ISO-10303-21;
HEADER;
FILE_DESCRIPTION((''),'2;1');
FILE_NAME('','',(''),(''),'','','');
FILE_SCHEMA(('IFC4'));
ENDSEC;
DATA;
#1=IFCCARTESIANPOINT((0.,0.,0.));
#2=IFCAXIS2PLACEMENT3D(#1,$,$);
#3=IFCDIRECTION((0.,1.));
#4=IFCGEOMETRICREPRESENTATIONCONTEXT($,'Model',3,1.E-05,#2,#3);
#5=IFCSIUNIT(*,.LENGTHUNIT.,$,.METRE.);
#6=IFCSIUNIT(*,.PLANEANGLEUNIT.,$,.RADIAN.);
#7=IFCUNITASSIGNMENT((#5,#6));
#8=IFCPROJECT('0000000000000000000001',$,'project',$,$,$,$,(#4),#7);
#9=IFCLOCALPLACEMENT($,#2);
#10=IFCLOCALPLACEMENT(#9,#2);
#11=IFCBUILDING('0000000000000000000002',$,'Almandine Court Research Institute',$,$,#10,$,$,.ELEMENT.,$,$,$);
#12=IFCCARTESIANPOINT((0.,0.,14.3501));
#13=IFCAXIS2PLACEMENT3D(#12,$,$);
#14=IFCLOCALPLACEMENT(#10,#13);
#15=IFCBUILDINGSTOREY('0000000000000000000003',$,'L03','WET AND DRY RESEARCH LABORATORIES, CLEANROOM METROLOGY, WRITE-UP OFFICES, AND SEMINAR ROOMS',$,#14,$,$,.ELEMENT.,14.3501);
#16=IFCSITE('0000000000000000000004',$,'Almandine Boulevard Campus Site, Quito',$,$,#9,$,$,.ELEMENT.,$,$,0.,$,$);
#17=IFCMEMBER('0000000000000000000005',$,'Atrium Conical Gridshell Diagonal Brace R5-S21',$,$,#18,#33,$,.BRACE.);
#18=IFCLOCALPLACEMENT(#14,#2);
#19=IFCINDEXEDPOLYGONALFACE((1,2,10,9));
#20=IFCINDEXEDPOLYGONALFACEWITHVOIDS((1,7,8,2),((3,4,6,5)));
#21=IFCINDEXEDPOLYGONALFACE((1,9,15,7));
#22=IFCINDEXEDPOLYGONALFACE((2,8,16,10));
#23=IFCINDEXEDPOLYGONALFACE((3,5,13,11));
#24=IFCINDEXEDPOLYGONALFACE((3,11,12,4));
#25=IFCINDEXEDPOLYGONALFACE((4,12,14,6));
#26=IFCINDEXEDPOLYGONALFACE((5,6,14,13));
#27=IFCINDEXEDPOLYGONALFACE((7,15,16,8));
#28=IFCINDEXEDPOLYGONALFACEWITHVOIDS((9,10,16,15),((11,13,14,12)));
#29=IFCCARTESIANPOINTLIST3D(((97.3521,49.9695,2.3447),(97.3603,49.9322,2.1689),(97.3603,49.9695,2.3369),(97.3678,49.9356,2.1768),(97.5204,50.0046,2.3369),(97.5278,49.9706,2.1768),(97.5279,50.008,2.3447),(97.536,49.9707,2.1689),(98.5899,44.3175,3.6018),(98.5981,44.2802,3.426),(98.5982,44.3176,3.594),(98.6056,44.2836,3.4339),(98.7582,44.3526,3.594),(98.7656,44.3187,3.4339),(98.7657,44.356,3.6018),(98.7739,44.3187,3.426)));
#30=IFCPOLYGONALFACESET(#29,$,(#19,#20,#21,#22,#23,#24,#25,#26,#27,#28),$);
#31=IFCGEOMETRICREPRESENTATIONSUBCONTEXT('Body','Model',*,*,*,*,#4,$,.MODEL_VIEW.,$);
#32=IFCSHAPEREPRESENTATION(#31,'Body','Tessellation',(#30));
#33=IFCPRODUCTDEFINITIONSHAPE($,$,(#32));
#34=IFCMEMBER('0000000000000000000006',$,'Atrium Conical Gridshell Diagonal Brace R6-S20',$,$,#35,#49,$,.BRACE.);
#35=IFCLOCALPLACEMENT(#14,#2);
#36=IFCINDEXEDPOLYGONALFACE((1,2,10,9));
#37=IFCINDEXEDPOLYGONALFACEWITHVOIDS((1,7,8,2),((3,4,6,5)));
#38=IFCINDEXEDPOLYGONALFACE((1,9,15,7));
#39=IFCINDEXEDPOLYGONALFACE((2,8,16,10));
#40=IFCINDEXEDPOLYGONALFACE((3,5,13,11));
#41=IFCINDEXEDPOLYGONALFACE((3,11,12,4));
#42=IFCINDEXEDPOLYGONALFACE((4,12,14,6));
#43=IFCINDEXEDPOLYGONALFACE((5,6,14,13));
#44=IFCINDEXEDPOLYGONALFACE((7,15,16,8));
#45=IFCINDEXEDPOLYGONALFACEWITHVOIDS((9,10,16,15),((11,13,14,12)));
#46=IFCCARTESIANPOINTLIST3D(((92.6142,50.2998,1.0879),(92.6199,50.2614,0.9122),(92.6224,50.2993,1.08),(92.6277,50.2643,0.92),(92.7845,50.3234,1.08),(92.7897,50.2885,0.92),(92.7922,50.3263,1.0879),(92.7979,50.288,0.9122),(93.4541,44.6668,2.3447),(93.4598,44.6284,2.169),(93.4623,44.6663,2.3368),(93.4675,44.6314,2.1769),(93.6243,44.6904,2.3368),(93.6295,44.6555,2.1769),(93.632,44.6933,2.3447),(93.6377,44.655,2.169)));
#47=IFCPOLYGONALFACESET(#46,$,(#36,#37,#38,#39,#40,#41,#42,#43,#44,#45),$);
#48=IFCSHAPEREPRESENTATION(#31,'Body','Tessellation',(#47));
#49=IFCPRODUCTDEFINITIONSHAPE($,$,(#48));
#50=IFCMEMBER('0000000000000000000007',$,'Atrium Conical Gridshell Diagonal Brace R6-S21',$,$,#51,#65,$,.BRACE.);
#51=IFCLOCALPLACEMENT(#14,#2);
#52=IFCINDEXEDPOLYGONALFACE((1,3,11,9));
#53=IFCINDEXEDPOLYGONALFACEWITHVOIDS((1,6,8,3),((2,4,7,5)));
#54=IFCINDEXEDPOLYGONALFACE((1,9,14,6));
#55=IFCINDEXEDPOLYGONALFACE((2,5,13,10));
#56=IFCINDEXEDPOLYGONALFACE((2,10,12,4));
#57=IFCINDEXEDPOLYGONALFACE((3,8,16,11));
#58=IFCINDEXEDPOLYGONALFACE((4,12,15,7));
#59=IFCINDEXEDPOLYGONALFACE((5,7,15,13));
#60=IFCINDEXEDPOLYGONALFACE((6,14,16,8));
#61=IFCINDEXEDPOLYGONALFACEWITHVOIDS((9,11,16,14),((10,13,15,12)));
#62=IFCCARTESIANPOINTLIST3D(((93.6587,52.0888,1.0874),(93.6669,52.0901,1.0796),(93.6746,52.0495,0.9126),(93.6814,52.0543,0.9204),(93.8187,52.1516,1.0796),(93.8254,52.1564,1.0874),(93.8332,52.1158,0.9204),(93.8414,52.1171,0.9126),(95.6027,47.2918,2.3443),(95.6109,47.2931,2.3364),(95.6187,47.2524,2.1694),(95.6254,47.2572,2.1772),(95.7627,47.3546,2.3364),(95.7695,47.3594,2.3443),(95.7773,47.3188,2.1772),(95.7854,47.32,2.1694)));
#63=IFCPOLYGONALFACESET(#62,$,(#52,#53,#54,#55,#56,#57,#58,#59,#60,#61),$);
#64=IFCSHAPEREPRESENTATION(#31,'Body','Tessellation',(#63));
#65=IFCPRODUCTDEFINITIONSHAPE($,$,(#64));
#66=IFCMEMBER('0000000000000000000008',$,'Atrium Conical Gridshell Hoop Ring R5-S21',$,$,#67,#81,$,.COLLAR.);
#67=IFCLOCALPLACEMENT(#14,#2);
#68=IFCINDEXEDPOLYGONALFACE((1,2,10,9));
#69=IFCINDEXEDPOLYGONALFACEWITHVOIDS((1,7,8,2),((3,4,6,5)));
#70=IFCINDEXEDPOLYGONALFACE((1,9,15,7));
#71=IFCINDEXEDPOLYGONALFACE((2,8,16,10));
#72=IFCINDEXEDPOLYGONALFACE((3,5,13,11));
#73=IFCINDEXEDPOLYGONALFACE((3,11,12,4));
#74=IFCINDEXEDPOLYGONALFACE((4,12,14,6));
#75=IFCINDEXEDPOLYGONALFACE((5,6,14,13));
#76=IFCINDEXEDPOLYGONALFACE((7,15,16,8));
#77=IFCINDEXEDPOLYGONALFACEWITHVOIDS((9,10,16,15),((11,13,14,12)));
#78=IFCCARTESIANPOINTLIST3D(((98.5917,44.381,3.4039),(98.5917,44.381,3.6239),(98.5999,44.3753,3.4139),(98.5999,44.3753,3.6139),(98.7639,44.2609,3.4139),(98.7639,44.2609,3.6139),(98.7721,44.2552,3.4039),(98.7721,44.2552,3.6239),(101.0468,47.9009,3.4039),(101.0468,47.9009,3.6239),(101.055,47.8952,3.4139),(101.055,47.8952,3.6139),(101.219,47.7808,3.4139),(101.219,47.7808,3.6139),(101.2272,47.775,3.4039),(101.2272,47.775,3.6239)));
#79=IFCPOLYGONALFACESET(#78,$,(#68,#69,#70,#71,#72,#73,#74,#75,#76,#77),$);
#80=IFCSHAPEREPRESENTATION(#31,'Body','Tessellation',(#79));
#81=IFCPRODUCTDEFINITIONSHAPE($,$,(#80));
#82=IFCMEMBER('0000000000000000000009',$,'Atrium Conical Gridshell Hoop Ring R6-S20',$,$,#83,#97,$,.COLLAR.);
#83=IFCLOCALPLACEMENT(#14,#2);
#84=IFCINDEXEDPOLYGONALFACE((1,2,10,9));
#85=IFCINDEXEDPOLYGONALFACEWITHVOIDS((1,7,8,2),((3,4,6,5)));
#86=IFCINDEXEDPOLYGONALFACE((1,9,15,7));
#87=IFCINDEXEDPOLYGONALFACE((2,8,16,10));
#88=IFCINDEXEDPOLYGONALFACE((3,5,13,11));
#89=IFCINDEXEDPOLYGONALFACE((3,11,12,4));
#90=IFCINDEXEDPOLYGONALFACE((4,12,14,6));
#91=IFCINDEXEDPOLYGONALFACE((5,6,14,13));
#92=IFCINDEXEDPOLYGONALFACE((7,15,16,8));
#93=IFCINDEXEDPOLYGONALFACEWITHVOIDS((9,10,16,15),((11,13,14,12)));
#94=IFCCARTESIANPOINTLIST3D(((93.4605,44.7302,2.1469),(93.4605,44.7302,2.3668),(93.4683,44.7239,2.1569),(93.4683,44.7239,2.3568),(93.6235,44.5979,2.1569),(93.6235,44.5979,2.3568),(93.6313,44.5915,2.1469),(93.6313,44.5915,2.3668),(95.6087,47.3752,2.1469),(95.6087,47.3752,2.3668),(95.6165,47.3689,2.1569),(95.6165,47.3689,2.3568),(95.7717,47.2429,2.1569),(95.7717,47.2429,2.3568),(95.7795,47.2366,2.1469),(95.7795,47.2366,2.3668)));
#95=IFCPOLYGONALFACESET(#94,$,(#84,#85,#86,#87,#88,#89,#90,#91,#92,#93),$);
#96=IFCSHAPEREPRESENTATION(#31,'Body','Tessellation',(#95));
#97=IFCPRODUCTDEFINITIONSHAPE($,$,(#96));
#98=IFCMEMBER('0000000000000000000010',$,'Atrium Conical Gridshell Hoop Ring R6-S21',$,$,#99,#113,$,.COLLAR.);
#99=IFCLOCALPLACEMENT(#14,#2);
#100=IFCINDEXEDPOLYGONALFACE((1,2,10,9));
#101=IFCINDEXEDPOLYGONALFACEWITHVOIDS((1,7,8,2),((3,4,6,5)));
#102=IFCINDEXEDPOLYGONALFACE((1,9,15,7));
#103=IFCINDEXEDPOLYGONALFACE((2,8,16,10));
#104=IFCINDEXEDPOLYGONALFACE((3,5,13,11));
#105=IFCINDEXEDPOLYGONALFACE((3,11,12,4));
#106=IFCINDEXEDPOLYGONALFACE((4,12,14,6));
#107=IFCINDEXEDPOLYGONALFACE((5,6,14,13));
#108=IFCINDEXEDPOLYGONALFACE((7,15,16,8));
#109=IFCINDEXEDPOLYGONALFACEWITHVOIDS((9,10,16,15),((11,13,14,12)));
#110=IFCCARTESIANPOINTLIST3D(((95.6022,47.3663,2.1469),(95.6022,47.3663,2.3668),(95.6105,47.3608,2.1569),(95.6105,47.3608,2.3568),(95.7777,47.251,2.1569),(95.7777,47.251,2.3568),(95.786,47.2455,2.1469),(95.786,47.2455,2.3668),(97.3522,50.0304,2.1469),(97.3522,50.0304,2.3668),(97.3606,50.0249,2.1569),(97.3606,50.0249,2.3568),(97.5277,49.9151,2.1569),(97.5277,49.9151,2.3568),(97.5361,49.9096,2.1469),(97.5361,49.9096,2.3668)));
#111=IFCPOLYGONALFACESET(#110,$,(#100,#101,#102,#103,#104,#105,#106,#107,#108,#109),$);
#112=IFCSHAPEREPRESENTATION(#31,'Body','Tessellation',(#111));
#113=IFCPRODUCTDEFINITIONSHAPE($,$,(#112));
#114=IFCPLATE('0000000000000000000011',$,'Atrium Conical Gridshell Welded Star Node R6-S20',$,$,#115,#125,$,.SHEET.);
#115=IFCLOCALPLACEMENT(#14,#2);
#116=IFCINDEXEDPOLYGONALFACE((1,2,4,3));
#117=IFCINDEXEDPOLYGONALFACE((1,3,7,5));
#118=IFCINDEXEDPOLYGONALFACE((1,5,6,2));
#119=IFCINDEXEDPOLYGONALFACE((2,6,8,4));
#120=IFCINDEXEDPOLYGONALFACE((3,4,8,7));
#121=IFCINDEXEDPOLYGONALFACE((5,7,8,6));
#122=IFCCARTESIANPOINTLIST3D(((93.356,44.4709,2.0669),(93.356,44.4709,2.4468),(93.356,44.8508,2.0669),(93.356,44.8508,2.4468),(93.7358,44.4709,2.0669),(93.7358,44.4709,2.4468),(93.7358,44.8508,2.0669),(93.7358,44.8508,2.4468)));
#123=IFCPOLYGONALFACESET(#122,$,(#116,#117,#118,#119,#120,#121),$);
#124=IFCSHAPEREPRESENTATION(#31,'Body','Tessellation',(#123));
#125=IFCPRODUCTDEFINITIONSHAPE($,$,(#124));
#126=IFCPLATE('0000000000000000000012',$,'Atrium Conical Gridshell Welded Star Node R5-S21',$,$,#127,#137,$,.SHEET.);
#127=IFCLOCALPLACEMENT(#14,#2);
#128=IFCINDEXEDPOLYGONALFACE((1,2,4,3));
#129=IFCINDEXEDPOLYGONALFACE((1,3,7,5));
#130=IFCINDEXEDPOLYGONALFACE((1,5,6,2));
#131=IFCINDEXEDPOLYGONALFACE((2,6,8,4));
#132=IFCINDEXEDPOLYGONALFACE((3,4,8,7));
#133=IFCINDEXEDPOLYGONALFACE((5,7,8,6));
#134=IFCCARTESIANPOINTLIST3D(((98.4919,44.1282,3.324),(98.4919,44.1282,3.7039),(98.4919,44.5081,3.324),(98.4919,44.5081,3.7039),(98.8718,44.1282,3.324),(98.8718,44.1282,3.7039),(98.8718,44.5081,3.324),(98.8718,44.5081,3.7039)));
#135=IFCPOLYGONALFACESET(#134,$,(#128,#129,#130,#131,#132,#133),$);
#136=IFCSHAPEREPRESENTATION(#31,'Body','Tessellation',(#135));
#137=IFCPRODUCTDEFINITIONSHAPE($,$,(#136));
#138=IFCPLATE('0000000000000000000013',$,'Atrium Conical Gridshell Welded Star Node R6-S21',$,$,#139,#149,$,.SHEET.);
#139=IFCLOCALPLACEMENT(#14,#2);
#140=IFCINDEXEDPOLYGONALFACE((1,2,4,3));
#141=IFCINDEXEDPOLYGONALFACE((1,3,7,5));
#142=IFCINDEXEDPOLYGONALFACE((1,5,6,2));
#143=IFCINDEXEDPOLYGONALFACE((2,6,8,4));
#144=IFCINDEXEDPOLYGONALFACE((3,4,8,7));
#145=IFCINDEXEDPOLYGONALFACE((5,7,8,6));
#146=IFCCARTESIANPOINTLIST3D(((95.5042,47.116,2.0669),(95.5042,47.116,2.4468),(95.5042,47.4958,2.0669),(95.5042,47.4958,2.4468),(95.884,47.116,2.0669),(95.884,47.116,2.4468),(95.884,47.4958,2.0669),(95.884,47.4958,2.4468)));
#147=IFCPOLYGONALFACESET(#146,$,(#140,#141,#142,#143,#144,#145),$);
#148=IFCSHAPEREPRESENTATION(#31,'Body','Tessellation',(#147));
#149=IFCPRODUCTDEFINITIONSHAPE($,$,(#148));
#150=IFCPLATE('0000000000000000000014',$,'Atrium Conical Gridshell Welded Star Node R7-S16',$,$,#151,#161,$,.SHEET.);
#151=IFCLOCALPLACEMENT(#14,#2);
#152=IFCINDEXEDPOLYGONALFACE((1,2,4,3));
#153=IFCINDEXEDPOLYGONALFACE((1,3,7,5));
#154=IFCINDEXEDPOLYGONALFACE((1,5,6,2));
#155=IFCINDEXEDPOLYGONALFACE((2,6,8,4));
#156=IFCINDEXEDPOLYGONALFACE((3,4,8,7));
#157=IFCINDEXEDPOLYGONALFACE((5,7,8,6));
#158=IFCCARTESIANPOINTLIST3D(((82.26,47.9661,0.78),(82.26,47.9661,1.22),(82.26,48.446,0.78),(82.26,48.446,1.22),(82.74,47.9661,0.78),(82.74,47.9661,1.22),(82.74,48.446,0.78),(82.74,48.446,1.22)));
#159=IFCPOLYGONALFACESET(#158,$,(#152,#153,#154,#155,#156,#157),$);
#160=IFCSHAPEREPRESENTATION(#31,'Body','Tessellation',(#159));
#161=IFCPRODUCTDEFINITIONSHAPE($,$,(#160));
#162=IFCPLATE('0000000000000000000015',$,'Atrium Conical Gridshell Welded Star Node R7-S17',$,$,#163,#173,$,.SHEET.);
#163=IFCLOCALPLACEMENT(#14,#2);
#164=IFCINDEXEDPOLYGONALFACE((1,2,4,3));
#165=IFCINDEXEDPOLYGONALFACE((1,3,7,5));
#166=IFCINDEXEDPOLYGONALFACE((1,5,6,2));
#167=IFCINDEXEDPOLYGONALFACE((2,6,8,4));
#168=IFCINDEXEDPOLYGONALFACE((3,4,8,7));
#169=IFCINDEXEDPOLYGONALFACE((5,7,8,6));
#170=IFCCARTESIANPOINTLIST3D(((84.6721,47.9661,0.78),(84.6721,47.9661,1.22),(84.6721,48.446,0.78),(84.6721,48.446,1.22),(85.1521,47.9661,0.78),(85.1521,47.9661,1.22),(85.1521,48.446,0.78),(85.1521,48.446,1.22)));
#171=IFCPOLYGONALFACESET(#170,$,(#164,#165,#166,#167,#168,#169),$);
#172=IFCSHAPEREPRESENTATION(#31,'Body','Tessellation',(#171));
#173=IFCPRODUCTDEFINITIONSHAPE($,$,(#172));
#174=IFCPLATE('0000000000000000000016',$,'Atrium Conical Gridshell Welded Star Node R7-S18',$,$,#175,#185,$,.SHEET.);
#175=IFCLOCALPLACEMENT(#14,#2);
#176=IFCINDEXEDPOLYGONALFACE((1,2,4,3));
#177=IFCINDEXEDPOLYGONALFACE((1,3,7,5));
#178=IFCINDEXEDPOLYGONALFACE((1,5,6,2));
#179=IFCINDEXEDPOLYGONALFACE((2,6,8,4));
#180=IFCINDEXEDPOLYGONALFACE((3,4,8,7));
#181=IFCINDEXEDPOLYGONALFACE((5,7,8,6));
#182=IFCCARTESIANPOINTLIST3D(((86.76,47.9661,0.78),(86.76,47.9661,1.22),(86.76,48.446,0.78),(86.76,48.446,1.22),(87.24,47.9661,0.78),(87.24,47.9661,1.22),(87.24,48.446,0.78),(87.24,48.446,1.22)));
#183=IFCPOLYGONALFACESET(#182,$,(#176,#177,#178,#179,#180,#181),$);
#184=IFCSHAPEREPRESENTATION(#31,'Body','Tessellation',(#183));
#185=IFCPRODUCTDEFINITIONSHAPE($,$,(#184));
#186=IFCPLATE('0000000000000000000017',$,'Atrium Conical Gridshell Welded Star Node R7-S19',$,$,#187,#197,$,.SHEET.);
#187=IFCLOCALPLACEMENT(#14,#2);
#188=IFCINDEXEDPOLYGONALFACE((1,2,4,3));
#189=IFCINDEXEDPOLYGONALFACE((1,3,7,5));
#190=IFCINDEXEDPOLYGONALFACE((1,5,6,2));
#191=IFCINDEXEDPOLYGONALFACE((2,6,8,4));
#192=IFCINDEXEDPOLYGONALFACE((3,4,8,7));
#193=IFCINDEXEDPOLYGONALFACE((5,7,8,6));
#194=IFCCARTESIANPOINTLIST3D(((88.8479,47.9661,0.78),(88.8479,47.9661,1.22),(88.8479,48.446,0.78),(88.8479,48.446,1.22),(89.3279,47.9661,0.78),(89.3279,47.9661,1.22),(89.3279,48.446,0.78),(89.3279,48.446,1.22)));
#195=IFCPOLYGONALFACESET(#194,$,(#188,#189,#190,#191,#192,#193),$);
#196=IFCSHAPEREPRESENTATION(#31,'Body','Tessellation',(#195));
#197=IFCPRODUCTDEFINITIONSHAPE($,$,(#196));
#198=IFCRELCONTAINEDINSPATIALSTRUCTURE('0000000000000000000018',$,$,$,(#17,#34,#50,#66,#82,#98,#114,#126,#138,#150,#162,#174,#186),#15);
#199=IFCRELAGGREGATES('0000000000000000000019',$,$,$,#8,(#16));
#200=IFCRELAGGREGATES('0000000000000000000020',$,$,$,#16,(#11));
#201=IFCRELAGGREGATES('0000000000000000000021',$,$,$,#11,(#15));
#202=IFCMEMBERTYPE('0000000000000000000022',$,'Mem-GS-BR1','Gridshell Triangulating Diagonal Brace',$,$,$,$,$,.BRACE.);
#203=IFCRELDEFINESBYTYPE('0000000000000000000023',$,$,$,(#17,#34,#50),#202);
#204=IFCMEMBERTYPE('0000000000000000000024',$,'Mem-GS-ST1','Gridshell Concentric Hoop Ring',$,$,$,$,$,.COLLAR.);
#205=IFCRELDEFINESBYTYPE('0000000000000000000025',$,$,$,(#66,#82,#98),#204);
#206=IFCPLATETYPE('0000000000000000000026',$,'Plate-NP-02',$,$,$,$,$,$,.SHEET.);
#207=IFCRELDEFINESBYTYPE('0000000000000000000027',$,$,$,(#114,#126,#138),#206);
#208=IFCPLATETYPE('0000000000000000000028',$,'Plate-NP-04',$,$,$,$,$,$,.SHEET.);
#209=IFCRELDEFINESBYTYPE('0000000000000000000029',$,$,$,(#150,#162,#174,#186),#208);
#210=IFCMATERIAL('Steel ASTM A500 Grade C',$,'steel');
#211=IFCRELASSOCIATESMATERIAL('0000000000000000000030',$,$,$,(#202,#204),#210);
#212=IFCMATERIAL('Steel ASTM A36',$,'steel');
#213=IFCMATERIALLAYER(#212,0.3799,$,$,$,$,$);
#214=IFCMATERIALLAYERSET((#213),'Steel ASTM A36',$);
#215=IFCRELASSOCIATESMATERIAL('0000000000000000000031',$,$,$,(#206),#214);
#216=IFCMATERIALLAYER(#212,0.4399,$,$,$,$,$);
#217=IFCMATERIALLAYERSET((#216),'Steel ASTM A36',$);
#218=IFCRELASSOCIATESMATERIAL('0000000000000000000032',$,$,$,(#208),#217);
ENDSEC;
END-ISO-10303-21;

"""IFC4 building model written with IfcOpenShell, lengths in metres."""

from ifc_helpers import new_model, si_unit, direction, frame, origin, origin_2d, place, context, subcontext, project, spatial, rectangle, hollow_rectangle, extrude, material, layer, layer_set, material_profile, profile_set, type_object, element, save


model = new_model("IFC4")

# Units and contexts
model_context = context("Model", 3, precision=1e-05, world=origin(), true_north=direction((0.0, 1.0)))
body_context = subcontext(model_context, "Body", "Model", "MODEL_VIEW")
ifc_project = project(units=[si_unit("LENGTHUNIT", "METRE"), si_unit("PLANEANGLEUNIT", "RADIAN")], contexts=[model_context])

# Site, building, storey
site_placement = place(None, origin())
site = spatial("IfcSite", under=ifc_project, at=site_placement, Name="Almandine Boulevard Campus Site, Quito", CompositionType="ELEMENT", RefElevation=0.0)
building_placement = place(site_placement, origin())
building = spatial("IfcBuilding", under=site, at=building_placement, Name="Almandine Court Research Institute", CompositionType="ELEMENT")
storey_placement = place(building_placement, frame((0.0, 0.0, 14.3501)))
storey = spatial("IfcBuildingStorey", under=building, at=storey_placement, Name="L03", Description="WET AND DRY RESEARCH LABORATORIES, CLEANROOM METROLOGY, WRITE-UP OFFICES, AND SEMINAR ROOMS", CompositionType="ELEMENT", Elevation=14.3501)

# Shared definitions
ifc_material_1 = material(Name="Steel ASTM A500 Grade C", Category="steel")

# Members
ifc_material_profile_1 = material_profile(ifc_material_1, hollow_rectangle(XDim=0.1799, YDim=0.1799, WallThickness=0.0081, at=origin_2d()), Name="HSS 180x180x8")
ifc_profile_set_1 = profile_set([ifc_material_profile_1], Name="Steel ASTM A500 Grade C")
member_type_1 = type_object("IfcMemberType", Name="Mem-GS-BR1", Description="Gridshell Triangulating Diagonal Brace", PredefinedType="BRACE", material=ifc_profile_set_1)
member_1_placement = place(storey_placement, frame((98.6819, 44.3181, 3.5139), z_axis=(-0.209058, 0.954577, -0.212316), x_axis=(-0.976848, -0.213936, 0.0)))
element("IfcMember", 1, at=member_1_placement, inside=storey, type_object=member_type_1, Name="Atrium Conical Gridshell Diagonal Brace R5-S21", PredefinedType="BRACE", context=body_context, shape_type="SweptSolid", body=[
    extrude(hollow_rectangle(XDim=0.1799, YDim=0.1799, WallThickness=0.0081, at=origin_2d()), origin(), (0.0, 0.0, 1.0), 5.9209),
])
member_2_placement = place(storey_placement, frame((93.5459, 44.6609, 2.2568), z_axis=(-0.143997, 0.96583, -0.215494), x_axis=(-0.989068, -0.147462, 0.0)))
element("IfcMember", 2, at=member_2_placement, inside=storey, type_object=member_type_1, Name="Atrium Conical Gridshell Diagonal Brace R6-S20", PredefinedType="BRACE", context=body_context, shape_type="SweptSolid", body=[
    extrude(hollow_rectangle(XDim=0.1799, YDim=0.1799, WallThickness=0.0081, at=origin_2d()), origin(), (0.0, 0.0, 1.0), 5.8323),
])
member_3_placement = place(storey_placement, frame((95.6941, 47.3059, 2.2568), z_axis=(-0.364986, 0.900616, -0.23596), x_axis=(-0.926785, -0.375591, 0.0)))
element("IfcMember", 3, at=member_3_placement, inside=storey, type_object=member_type_1, Name="Atrium Conical Gridshell Diagonal Brace R6-S21", PredefinedType="BRACE", context=body_context, shape_type="SweptSolid", body=[
    extrude(hollow_rectangle(XDim=0.1799, YDim=0.1799, WallThickness=0.0081, at=origin_2d()), origin(), (0.0, 0.0, 1.0), 5.3264),
])
ifc_material_profile_2 = material_profile(ifc_material_1, hollow_rectangle(XDim=0.22, YDim=0.22, WallThickness=0.01, at=origin_2d()), Name="HSS 220x220x10")
ifc_profile_set_2 = profile_set([ifc_material_profile_2], Name="Steel ASTM A500 Grade C")
member_type_2 = type_object("IfcMemberType", Name="Mem-GS-ST1", Description="Gridshell Concentric Hoop Ring", PredefinedType="COLLAR", material=ifc_profile_set_2)
member_4_placement = place(storey_placement, frame((98.6819, 44.3181, 3.5139), z_axis=(0.572091, 0.82019, 0.0), x_axis=(-0.82019, 0.572091, 0.0)))
element("IfcMember", 4, at=member_4_placement, inside=storey, type_object=member_type_2, Name="Atrium Conical Gridshell Hoop Ring R5-S21", PredefinedType="COLLAR", context=body_context, shape_type="SweptSolid", body=[
    extrude(hollow_rectangle(XDim=0.22, YDim=0.22, WallThickness=0.01, at=origin_2d()), origin(), (0.0, 0.0, 1.0), 4.2915),
])
member_5_placement = place(storey_placement, frame((93.5459, 44.6609, 2.2568), z_axis=(0.630436, 0.776241, 0.0), x_axis=(-0.776241, 0.630436, 0.0)))
element("IfcMember", 5, at=member_5_placement, inside=storey, type_object=member_type_2, Name="Atrium Conical Gridshell Hoop Ring R6-S20", PredefinedType="COLLAR", context=body_context, shape_type="SweptSolid", body=[
    extrude(hollow_rectangle(XDim=0.22, YDim=0.22, WallThickness=0.01, at=origin_2d()), origin(), (0.0, 0.0, 1.0), 3.4075),
])
member_6_placement = place(storey_placement, frame((95.6941, 47.3059, 2.2568), z_axis=(0.549031, 0.835802, 0.0), x_axis=(-0.835802, 0.549031, 0.0)))
element("IfcMember", 6, at=member_6_placement, inside=storey, type_object=member_type_2, Name="Atrium Conical Gridshell Hoop Ring R6-S21", PredefinedType="COLLAR", context=body_context, shape_type="SweptSolid", body=[
    extrude(hollow_rectangle(XDim=0.22, YDim=0.22, WallThickness=0.01, at=origin_2d()), origin(), (0.0, 0.0, 1.0), 3.1875),
])

# Plates
ifc_material_2 = material(Name="Steel ASTM A36", Category="steel")
ifc_layer_1 = layer(ifc_material_2, 0.3799)
ifc_layer_set_1 = layer_set([ifc_layer_1], Name="Steel ASTM A36")
plate_type_1 = type_object("IfcPlateType", Name="Plate-NP-02", PredefinedType="SHEET", material=ifc_layer_set_1)
for number, where, z_axis, x_axis, name in (
    (7, (93.5459, 44.6609, 2.0669), (0.0, 0.0, 1.0), (1.0, 0.0, 0.0), "Atrium Conical Gridshell Welded Star Node R6-S20"),
    (8, (98.6819, 44.3181, 3.324), (0.0, 0.0, 1.0), (1.0, 0.0, 0.0), "Atrium Conical Gridshell Welded Star Node R5-S21"),
    (9, (95.6941, 47.3059, 2.0669), (0.0, 0.0, 1.0), (1.0, 0.0, 0.0), "Atrium Conical Gridshell Welded Star Node R6-S21"),
):
    element("IfcPlate", number, at=place(storey_placement, frame(where, z_axis=z_axis, x_axis=x_axis)), inside=storey, type_object=plate_type_1, Name=name, PredefinedType="SHEET", context=body_context, shape_type="SweptSolid", body=[
        extrude(rectangle(XDim=0.3799, YDim=0.3799, at=origin_2d()), origin(), (0.0, 0.0, 1.0), 0.3799),
    ])
ifc_layer_2 = layer(ifc_material_2, 0.4399)
ifc_layer_set_2 = layer_set([ifc_layer_2], Name="Steel ASTM A36")
plate_type_2 = type_object("IfcPlateType", Name="Plate-NP-04", PredefinedType="SHEET", material=ifc_layer_set_2)
for number, where, z_axis, x_axis, name in (
    (10, (82.5, 48.2061, 0.78), (0.0, 0.0, 1.0), (1.0, 0.0, 0.0), "Atrium Conical Gridshell Welded Star Node R7-S16"),
    (11, (84.9121, 48.2061, 0.78), (0.0, 0.0, 1.0), (1.0, 0.0, 0.0), "Atrium Conical Gridshell Welded Star Node R7-S17"),
    (12, (87.0, 48.2061, 0.78), (0.0, 0.0, 1.0), (1.0, 0.0, 0.0), "Atrium Conical Gridshell Welded Star Node R7-S18"),
    (13, (89.0879, 48.2061, 0.78), (0.0, 0.0, 1.0), (1.0, 0.0, 0.0), "Atrium Conical Gridshell Welded Star Node R7-S19"),
):
    element("IfcPlate", number, at=place(storey_placement, frame(where, z_axis=z_axis, x_axis=x_axis)), inside=storey, type_object=plate_type_2, Name=name, PredefinedType="SHEET", context=body_context, shape_type="SweptSolid", body=[
        extrude(rectangle(XDim=0.48, YDim=0.48, at=origin_2d()), origin(), (0.0, 0.0, 1.0), 0.4399),
    ])

save(model, "model.ifc")
